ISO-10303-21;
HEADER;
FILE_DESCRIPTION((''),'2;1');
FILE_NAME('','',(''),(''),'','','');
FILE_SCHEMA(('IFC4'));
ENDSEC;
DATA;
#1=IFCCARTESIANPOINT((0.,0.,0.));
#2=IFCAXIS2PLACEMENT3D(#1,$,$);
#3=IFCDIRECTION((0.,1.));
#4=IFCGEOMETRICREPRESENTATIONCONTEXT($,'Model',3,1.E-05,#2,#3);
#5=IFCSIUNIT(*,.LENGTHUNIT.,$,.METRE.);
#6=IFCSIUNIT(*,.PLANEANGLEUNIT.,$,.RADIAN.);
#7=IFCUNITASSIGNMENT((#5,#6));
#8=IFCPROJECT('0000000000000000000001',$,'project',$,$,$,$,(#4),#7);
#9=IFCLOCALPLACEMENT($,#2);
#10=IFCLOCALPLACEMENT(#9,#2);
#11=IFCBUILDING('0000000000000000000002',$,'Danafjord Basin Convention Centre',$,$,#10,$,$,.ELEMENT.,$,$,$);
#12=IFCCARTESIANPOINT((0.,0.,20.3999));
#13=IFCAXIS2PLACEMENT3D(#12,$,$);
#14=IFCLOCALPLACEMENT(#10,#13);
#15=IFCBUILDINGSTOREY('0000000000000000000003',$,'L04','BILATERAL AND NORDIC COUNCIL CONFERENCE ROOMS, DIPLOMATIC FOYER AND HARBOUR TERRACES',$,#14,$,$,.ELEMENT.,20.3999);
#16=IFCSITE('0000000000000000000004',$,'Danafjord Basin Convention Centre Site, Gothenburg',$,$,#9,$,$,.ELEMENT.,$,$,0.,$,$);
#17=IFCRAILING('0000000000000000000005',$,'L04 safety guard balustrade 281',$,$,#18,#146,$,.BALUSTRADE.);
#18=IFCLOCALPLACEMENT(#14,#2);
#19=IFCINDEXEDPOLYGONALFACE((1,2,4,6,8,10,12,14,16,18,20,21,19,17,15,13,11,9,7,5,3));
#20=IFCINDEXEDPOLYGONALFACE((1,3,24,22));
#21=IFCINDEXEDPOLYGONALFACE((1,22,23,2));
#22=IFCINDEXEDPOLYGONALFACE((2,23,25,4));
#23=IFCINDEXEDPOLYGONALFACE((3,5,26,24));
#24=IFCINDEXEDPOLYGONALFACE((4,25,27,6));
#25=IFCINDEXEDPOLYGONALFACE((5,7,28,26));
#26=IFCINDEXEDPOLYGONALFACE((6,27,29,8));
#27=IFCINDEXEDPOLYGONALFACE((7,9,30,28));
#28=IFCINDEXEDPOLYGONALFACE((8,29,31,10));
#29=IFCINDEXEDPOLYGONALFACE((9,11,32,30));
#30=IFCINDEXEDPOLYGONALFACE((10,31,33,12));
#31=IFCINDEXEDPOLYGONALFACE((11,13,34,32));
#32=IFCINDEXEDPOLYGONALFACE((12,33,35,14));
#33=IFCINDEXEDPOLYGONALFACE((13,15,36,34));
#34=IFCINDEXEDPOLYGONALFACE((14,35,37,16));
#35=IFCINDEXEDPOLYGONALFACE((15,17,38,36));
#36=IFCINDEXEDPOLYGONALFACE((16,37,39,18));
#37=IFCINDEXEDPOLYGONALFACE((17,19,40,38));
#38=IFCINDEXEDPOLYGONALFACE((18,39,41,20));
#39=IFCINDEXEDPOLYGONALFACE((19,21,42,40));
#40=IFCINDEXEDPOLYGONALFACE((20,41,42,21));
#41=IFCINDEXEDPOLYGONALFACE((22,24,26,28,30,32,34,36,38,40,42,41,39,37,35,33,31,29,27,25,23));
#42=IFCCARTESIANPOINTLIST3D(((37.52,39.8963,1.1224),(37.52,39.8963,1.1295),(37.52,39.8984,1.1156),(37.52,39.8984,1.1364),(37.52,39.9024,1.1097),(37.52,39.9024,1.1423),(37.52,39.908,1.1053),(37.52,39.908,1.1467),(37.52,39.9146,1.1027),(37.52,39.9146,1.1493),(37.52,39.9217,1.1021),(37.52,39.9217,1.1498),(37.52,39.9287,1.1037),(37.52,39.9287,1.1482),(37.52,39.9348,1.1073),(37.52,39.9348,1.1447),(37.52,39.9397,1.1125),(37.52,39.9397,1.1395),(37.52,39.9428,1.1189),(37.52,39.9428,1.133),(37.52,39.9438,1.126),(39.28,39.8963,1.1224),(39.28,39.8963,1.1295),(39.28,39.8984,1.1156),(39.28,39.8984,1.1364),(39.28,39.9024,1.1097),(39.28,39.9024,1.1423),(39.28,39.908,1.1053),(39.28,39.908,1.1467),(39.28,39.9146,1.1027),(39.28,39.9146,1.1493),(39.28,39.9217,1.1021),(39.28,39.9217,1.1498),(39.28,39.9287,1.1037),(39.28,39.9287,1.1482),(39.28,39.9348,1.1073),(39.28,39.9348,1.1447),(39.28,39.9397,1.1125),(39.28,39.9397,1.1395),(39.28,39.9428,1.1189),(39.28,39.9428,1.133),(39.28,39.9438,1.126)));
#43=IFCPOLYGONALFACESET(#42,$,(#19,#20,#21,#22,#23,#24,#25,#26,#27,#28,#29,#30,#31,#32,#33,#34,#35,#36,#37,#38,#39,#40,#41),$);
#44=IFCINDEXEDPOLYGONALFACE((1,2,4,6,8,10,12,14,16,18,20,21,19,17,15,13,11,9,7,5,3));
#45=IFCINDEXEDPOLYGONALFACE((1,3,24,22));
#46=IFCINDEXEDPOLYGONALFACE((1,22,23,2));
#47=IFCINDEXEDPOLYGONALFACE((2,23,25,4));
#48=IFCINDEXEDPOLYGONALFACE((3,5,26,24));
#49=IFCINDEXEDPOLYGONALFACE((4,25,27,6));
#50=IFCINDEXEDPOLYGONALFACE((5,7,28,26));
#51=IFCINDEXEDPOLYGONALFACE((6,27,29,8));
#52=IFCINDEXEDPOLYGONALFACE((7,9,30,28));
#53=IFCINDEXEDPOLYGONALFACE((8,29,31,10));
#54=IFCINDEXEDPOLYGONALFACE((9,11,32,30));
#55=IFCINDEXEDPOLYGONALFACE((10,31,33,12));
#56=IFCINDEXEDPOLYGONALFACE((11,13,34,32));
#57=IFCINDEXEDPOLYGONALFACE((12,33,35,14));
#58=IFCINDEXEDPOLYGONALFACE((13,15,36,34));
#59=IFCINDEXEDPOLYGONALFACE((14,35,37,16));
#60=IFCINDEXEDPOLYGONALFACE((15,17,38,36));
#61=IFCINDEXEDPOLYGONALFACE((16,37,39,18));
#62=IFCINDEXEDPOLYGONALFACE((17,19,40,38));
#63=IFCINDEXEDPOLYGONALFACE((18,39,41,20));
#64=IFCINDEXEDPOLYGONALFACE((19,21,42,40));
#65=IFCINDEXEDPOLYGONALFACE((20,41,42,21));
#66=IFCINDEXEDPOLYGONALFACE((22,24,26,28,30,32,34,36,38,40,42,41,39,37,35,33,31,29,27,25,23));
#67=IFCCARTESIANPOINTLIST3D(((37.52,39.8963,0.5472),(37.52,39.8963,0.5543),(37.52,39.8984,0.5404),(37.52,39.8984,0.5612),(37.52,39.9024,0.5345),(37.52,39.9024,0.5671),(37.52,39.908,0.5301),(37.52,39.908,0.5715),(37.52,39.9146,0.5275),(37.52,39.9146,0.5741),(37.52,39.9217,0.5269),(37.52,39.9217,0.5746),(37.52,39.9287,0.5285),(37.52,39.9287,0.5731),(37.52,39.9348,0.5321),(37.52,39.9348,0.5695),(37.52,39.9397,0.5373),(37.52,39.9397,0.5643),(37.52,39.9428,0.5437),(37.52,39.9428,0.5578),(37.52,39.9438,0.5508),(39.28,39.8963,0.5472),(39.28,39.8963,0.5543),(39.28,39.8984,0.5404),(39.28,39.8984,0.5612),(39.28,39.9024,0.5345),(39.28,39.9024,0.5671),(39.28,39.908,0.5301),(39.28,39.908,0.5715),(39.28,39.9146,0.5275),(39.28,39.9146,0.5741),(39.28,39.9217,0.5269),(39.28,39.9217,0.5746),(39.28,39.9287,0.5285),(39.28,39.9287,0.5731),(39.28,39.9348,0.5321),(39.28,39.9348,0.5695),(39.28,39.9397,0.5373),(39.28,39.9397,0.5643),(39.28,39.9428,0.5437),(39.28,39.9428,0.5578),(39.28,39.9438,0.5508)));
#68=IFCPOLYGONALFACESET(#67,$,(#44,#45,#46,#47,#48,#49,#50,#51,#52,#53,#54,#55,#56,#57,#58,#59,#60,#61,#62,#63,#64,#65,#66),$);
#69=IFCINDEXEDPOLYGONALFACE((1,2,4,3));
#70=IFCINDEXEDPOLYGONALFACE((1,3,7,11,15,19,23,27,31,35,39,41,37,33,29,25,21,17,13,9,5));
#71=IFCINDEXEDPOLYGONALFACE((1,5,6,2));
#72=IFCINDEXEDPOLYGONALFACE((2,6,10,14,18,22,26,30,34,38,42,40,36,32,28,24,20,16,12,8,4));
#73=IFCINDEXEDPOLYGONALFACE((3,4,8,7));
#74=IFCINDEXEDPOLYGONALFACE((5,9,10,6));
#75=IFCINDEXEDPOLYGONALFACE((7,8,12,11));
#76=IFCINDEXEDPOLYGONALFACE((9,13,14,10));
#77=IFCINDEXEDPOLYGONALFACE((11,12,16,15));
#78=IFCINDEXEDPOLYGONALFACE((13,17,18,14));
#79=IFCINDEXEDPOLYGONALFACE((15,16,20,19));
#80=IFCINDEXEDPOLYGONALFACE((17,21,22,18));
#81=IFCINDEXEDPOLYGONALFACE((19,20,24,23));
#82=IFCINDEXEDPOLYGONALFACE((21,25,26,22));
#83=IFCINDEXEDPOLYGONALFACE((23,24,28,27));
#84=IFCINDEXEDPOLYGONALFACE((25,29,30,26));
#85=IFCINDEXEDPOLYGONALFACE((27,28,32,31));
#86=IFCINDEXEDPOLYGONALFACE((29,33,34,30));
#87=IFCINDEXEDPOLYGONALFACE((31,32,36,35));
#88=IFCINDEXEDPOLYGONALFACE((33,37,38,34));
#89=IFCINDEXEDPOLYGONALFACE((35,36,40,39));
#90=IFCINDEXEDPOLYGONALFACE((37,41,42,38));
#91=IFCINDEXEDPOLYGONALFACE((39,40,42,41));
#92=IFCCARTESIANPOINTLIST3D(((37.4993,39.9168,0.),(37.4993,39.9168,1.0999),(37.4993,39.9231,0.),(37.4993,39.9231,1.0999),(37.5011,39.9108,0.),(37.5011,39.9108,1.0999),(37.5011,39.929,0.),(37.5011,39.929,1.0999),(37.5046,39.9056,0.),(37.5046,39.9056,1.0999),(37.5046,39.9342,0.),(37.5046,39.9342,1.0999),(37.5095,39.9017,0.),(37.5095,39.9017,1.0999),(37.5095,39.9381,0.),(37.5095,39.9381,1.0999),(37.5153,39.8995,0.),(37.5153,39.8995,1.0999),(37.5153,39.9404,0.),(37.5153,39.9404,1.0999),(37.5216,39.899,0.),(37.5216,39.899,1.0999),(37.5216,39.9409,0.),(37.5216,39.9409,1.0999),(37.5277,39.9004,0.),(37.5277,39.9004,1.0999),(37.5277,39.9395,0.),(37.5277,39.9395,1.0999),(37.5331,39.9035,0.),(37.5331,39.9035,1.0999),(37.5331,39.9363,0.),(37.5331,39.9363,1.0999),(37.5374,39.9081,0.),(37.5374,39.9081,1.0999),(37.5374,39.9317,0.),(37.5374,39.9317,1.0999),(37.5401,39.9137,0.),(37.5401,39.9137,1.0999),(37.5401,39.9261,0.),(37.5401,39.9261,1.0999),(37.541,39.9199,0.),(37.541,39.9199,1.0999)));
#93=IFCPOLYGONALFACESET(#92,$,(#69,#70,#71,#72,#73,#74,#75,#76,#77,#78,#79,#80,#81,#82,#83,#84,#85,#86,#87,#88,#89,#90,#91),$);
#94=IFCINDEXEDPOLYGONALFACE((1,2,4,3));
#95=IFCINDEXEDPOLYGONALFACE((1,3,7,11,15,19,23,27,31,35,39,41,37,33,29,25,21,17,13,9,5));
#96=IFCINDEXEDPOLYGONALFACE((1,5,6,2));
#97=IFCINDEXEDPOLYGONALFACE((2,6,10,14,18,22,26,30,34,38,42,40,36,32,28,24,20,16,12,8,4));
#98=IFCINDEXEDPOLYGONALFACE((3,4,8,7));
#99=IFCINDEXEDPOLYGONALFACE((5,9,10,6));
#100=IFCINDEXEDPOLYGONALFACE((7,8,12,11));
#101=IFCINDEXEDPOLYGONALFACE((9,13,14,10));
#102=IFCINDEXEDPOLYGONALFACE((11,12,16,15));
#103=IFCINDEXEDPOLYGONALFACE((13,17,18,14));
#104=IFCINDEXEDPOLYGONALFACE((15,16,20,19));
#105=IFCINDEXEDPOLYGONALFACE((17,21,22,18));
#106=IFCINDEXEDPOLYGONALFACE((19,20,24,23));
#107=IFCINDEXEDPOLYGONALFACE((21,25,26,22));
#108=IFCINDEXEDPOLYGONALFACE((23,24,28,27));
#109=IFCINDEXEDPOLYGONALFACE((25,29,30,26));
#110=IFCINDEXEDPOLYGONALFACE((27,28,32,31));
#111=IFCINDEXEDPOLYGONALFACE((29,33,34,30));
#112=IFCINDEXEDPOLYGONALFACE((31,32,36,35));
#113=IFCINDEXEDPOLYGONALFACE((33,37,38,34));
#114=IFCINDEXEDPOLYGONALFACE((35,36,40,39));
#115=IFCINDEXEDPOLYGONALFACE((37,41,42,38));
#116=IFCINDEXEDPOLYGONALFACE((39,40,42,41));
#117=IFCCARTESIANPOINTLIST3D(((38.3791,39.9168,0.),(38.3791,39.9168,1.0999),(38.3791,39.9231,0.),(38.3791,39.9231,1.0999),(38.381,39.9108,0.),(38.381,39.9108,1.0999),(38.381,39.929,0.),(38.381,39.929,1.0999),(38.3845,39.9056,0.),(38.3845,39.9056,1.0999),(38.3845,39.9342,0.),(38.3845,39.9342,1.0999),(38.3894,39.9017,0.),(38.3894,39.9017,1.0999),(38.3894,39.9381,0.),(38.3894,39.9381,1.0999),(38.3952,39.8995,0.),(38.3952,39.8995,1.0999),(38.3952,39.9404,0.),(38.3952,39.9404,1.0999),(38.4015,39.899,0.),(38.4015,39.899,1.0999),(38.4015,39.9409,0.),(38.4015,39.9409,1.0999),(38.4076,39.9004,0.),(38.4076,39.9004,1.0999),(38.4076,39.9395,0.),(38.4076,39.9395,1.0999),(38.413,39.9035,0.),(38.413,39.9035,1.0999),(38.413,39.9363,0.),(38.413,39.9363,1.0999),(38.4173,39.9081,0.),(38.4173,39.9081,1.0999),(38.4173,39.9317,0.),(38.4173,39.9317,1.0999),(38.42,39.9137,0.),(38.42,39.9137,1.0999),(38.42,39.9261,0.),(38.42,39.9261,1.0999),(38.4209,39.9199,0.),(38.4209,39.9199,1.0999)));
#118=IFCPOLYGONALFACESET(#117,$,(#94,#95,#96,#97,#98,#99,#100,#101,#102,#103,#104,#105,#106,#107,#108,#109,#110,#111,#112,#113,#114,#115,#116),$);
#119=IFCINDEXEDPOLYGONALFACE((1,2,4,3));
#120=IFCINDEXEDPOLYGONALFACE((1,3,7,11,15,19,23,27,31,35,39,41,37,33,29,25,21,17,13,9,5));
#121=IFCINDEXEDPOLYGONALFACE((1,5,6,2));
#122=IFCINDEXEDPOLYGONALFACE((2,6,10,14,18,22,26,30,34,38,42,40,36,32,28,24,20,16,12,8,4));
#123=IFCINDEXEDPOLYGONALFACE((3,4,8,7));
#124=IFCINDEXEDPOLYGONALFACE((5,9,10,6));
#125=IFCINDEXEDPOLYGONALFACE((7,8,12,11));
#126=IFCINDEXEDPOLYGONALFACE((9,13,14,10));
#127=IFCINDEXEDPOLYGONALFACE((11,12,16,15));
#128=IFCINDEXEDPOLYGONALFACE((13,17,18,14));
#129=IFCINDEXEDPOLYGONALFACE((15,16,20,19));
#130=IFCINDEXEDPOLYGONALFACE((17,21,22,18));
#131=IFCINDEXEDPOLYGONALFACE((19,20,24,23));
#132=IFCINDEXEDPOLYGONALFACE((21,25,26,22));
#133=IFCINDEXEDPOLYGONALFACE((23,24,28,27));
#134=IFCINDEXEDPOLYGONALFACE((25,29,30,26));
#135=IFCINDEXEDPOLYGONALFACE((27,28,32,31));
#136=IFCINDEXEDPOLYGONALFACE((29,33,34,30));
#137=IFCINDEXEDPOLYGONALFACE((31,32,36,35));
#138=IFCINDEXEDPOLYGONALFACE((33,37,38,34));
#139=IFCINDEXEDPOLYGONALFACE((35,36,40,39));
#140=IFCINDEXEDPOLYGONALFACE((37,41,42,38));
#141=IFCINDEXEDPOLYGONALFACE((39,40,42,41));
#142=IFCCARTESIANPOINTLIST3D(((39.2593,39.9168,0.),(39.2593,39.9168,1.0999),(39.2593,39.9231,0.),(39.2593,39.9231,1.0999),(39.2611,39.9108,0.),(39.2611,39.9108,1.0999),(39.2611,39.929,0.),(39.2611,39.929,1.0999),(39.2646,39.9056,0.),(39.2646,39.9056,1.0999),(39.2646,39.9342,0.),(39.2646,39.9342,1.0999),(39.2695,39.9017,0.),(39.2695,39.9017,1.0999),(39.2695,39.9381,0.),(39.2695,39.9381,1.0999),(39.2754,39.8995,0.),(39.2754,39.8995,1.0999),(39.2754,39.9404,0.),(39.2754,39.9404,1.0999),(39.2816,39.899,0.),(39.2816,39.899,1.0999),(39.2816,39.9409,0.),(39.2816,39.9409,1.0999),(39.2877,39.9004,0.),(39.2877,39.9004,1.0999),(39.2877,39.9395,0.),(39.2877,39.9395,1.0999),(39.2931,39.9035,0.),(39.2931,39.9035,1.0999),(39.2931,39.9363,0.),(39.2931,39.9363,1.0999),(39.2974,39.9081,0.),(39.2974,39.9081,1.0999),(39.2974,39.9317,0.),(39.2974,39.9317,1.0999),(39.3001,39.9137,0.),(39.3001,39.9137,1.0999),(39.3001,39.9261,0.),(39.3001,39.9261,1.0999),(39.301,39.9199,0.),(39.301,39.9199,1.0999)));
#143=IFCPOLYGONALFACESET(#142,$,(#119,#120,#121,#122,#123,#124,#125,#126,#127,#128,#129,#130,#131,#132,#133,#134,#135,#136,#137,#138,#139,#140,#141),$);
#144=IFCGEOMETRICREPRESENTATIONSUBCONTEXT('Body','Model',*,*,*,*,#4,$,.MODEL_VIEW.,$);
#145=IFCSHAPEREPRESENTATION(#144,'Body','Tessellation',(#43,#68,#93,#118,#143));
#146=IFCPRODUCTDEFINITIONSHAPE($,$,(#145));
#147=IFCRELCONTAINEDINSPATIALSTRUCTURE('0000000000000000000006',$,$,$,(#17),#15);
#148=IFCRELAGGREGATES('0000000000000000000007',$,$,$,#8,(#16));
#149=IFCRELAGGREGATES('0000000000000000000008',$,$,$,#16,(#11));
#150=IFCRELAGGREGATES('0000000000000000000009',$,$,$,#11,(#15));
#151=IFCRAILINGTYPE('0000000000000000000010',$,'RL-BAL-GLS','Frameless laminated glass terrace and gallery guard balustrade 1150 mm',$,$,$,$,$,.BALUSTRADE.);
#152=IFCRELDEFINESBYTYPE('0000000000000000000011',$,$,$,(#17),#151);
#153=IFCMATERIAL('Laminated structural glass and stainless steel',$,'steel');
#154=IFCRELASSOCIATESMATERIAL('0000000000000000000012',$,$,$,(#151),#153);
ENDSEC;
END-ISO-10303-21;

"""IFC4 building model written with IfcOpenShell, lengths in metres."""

from ifc_helpers import new_model, si_unit, direction, frame, origin, origin_2d, place, context, subcontext, project, spatial, circle, extrude, material, type_object, element, save


model = new_model("IFC4")

# Units and contexts
model_context = context("Model", 3, precision=1e-05, world=origin(), true_north=direction((0.0, 1.0)))
body_context = subcontext(model_context, "Body", "Model", "MODEL_VIEW")
ifc_project = project(units=[si_unit("LENGTHUNIT", "METRE"), si_unit("PLANEANGLEUNIT", "RADIAN")], contexts=[model_context])

# Site, building, storey
site_placement = place(None, origin())
site = spatial("IfcSite", under=ifc_project, at=site_placement, Name="Danafjord Basin Convention Centre Site, Gothenburg", CompositionType="ELEMENT", RefElevation=0.0)
building_placement = place(site_placement, origin())
building = spatial("IfcBuilding", under=site, at=building_placement, Name="Danafjord Basin Convention Centre", CompositionType="ELEMENT")
storey_placement = place(building_placement, frame((0.0, 0.0, 20.3999)))
storey = spatial("IfcBuildingStorey", under=building, at=storey_placement, Name="L04", Description="BILATERAL AND NORDIC COUNCIL CONFERENCE ROOMS, DIPLOMATIC FOYER AND HARBOUR TERRACES", CompositionType="ELEMENT", Elevation=20.3999)

# Railing
ifc_material_1 = material(Name="Laminated structural glass and stainless steel", Category="steel")
railing_type_1 = type_object("IfcRailingType", Name="RL-BAL-GLS", Description="Frameless laminated glass terrace and gallery guard balustrade 1150 mm", PredefinedType="BALUSTRADE", material=ifc_material_1)
railing_placement = place(storey_placement, frame((37.52, 39.9199, 0.0)))
element("IfcRailing", 1, at=railing_placement, inside=storey, type_object=railing_type_1, Name="L04 safety guard balustrade 281", PredefinedType="BALUSTRADE", context=body_context, shape_type="SweptSolid", body=[
    extrude(circle(Radius=0.0239, at=origin_2d()), frame((0.0, 0.0, 1.126), z_axis=(1.0, 0.0, 0.0), x_axis=(0.0, 1.0, 0.0)), (0.0, 0.0, 1.0), 1.76),
    extrude(circle(Radius=0.0239, at=origin_2d()), frame((0.0, 0.0, 0.5508), z_axis=(1.0, 0.0, 0.0), x_axis=(0.0, 1.0, 0.0)), (0.0, 0.0, 1.0), 1.76),
    extrude(circle(Radius=0.021, at=origin_2d()), origin(), (0.0, 0.0, 1.0), 1.0999),
    extrude(circle(Radius=0.021, at=origin_2d()), frame((0.8799, 0.0, 0.0)), (0.0, 0.0, 1.0), 1.0999),
    extrude(circle(Radius=0.021, at=origin_2d()), frame((1.76, 0.0, 0.0)), (0.0, 0.0, 1.0), 1.0999),
])

save(model, "model.ifc")
